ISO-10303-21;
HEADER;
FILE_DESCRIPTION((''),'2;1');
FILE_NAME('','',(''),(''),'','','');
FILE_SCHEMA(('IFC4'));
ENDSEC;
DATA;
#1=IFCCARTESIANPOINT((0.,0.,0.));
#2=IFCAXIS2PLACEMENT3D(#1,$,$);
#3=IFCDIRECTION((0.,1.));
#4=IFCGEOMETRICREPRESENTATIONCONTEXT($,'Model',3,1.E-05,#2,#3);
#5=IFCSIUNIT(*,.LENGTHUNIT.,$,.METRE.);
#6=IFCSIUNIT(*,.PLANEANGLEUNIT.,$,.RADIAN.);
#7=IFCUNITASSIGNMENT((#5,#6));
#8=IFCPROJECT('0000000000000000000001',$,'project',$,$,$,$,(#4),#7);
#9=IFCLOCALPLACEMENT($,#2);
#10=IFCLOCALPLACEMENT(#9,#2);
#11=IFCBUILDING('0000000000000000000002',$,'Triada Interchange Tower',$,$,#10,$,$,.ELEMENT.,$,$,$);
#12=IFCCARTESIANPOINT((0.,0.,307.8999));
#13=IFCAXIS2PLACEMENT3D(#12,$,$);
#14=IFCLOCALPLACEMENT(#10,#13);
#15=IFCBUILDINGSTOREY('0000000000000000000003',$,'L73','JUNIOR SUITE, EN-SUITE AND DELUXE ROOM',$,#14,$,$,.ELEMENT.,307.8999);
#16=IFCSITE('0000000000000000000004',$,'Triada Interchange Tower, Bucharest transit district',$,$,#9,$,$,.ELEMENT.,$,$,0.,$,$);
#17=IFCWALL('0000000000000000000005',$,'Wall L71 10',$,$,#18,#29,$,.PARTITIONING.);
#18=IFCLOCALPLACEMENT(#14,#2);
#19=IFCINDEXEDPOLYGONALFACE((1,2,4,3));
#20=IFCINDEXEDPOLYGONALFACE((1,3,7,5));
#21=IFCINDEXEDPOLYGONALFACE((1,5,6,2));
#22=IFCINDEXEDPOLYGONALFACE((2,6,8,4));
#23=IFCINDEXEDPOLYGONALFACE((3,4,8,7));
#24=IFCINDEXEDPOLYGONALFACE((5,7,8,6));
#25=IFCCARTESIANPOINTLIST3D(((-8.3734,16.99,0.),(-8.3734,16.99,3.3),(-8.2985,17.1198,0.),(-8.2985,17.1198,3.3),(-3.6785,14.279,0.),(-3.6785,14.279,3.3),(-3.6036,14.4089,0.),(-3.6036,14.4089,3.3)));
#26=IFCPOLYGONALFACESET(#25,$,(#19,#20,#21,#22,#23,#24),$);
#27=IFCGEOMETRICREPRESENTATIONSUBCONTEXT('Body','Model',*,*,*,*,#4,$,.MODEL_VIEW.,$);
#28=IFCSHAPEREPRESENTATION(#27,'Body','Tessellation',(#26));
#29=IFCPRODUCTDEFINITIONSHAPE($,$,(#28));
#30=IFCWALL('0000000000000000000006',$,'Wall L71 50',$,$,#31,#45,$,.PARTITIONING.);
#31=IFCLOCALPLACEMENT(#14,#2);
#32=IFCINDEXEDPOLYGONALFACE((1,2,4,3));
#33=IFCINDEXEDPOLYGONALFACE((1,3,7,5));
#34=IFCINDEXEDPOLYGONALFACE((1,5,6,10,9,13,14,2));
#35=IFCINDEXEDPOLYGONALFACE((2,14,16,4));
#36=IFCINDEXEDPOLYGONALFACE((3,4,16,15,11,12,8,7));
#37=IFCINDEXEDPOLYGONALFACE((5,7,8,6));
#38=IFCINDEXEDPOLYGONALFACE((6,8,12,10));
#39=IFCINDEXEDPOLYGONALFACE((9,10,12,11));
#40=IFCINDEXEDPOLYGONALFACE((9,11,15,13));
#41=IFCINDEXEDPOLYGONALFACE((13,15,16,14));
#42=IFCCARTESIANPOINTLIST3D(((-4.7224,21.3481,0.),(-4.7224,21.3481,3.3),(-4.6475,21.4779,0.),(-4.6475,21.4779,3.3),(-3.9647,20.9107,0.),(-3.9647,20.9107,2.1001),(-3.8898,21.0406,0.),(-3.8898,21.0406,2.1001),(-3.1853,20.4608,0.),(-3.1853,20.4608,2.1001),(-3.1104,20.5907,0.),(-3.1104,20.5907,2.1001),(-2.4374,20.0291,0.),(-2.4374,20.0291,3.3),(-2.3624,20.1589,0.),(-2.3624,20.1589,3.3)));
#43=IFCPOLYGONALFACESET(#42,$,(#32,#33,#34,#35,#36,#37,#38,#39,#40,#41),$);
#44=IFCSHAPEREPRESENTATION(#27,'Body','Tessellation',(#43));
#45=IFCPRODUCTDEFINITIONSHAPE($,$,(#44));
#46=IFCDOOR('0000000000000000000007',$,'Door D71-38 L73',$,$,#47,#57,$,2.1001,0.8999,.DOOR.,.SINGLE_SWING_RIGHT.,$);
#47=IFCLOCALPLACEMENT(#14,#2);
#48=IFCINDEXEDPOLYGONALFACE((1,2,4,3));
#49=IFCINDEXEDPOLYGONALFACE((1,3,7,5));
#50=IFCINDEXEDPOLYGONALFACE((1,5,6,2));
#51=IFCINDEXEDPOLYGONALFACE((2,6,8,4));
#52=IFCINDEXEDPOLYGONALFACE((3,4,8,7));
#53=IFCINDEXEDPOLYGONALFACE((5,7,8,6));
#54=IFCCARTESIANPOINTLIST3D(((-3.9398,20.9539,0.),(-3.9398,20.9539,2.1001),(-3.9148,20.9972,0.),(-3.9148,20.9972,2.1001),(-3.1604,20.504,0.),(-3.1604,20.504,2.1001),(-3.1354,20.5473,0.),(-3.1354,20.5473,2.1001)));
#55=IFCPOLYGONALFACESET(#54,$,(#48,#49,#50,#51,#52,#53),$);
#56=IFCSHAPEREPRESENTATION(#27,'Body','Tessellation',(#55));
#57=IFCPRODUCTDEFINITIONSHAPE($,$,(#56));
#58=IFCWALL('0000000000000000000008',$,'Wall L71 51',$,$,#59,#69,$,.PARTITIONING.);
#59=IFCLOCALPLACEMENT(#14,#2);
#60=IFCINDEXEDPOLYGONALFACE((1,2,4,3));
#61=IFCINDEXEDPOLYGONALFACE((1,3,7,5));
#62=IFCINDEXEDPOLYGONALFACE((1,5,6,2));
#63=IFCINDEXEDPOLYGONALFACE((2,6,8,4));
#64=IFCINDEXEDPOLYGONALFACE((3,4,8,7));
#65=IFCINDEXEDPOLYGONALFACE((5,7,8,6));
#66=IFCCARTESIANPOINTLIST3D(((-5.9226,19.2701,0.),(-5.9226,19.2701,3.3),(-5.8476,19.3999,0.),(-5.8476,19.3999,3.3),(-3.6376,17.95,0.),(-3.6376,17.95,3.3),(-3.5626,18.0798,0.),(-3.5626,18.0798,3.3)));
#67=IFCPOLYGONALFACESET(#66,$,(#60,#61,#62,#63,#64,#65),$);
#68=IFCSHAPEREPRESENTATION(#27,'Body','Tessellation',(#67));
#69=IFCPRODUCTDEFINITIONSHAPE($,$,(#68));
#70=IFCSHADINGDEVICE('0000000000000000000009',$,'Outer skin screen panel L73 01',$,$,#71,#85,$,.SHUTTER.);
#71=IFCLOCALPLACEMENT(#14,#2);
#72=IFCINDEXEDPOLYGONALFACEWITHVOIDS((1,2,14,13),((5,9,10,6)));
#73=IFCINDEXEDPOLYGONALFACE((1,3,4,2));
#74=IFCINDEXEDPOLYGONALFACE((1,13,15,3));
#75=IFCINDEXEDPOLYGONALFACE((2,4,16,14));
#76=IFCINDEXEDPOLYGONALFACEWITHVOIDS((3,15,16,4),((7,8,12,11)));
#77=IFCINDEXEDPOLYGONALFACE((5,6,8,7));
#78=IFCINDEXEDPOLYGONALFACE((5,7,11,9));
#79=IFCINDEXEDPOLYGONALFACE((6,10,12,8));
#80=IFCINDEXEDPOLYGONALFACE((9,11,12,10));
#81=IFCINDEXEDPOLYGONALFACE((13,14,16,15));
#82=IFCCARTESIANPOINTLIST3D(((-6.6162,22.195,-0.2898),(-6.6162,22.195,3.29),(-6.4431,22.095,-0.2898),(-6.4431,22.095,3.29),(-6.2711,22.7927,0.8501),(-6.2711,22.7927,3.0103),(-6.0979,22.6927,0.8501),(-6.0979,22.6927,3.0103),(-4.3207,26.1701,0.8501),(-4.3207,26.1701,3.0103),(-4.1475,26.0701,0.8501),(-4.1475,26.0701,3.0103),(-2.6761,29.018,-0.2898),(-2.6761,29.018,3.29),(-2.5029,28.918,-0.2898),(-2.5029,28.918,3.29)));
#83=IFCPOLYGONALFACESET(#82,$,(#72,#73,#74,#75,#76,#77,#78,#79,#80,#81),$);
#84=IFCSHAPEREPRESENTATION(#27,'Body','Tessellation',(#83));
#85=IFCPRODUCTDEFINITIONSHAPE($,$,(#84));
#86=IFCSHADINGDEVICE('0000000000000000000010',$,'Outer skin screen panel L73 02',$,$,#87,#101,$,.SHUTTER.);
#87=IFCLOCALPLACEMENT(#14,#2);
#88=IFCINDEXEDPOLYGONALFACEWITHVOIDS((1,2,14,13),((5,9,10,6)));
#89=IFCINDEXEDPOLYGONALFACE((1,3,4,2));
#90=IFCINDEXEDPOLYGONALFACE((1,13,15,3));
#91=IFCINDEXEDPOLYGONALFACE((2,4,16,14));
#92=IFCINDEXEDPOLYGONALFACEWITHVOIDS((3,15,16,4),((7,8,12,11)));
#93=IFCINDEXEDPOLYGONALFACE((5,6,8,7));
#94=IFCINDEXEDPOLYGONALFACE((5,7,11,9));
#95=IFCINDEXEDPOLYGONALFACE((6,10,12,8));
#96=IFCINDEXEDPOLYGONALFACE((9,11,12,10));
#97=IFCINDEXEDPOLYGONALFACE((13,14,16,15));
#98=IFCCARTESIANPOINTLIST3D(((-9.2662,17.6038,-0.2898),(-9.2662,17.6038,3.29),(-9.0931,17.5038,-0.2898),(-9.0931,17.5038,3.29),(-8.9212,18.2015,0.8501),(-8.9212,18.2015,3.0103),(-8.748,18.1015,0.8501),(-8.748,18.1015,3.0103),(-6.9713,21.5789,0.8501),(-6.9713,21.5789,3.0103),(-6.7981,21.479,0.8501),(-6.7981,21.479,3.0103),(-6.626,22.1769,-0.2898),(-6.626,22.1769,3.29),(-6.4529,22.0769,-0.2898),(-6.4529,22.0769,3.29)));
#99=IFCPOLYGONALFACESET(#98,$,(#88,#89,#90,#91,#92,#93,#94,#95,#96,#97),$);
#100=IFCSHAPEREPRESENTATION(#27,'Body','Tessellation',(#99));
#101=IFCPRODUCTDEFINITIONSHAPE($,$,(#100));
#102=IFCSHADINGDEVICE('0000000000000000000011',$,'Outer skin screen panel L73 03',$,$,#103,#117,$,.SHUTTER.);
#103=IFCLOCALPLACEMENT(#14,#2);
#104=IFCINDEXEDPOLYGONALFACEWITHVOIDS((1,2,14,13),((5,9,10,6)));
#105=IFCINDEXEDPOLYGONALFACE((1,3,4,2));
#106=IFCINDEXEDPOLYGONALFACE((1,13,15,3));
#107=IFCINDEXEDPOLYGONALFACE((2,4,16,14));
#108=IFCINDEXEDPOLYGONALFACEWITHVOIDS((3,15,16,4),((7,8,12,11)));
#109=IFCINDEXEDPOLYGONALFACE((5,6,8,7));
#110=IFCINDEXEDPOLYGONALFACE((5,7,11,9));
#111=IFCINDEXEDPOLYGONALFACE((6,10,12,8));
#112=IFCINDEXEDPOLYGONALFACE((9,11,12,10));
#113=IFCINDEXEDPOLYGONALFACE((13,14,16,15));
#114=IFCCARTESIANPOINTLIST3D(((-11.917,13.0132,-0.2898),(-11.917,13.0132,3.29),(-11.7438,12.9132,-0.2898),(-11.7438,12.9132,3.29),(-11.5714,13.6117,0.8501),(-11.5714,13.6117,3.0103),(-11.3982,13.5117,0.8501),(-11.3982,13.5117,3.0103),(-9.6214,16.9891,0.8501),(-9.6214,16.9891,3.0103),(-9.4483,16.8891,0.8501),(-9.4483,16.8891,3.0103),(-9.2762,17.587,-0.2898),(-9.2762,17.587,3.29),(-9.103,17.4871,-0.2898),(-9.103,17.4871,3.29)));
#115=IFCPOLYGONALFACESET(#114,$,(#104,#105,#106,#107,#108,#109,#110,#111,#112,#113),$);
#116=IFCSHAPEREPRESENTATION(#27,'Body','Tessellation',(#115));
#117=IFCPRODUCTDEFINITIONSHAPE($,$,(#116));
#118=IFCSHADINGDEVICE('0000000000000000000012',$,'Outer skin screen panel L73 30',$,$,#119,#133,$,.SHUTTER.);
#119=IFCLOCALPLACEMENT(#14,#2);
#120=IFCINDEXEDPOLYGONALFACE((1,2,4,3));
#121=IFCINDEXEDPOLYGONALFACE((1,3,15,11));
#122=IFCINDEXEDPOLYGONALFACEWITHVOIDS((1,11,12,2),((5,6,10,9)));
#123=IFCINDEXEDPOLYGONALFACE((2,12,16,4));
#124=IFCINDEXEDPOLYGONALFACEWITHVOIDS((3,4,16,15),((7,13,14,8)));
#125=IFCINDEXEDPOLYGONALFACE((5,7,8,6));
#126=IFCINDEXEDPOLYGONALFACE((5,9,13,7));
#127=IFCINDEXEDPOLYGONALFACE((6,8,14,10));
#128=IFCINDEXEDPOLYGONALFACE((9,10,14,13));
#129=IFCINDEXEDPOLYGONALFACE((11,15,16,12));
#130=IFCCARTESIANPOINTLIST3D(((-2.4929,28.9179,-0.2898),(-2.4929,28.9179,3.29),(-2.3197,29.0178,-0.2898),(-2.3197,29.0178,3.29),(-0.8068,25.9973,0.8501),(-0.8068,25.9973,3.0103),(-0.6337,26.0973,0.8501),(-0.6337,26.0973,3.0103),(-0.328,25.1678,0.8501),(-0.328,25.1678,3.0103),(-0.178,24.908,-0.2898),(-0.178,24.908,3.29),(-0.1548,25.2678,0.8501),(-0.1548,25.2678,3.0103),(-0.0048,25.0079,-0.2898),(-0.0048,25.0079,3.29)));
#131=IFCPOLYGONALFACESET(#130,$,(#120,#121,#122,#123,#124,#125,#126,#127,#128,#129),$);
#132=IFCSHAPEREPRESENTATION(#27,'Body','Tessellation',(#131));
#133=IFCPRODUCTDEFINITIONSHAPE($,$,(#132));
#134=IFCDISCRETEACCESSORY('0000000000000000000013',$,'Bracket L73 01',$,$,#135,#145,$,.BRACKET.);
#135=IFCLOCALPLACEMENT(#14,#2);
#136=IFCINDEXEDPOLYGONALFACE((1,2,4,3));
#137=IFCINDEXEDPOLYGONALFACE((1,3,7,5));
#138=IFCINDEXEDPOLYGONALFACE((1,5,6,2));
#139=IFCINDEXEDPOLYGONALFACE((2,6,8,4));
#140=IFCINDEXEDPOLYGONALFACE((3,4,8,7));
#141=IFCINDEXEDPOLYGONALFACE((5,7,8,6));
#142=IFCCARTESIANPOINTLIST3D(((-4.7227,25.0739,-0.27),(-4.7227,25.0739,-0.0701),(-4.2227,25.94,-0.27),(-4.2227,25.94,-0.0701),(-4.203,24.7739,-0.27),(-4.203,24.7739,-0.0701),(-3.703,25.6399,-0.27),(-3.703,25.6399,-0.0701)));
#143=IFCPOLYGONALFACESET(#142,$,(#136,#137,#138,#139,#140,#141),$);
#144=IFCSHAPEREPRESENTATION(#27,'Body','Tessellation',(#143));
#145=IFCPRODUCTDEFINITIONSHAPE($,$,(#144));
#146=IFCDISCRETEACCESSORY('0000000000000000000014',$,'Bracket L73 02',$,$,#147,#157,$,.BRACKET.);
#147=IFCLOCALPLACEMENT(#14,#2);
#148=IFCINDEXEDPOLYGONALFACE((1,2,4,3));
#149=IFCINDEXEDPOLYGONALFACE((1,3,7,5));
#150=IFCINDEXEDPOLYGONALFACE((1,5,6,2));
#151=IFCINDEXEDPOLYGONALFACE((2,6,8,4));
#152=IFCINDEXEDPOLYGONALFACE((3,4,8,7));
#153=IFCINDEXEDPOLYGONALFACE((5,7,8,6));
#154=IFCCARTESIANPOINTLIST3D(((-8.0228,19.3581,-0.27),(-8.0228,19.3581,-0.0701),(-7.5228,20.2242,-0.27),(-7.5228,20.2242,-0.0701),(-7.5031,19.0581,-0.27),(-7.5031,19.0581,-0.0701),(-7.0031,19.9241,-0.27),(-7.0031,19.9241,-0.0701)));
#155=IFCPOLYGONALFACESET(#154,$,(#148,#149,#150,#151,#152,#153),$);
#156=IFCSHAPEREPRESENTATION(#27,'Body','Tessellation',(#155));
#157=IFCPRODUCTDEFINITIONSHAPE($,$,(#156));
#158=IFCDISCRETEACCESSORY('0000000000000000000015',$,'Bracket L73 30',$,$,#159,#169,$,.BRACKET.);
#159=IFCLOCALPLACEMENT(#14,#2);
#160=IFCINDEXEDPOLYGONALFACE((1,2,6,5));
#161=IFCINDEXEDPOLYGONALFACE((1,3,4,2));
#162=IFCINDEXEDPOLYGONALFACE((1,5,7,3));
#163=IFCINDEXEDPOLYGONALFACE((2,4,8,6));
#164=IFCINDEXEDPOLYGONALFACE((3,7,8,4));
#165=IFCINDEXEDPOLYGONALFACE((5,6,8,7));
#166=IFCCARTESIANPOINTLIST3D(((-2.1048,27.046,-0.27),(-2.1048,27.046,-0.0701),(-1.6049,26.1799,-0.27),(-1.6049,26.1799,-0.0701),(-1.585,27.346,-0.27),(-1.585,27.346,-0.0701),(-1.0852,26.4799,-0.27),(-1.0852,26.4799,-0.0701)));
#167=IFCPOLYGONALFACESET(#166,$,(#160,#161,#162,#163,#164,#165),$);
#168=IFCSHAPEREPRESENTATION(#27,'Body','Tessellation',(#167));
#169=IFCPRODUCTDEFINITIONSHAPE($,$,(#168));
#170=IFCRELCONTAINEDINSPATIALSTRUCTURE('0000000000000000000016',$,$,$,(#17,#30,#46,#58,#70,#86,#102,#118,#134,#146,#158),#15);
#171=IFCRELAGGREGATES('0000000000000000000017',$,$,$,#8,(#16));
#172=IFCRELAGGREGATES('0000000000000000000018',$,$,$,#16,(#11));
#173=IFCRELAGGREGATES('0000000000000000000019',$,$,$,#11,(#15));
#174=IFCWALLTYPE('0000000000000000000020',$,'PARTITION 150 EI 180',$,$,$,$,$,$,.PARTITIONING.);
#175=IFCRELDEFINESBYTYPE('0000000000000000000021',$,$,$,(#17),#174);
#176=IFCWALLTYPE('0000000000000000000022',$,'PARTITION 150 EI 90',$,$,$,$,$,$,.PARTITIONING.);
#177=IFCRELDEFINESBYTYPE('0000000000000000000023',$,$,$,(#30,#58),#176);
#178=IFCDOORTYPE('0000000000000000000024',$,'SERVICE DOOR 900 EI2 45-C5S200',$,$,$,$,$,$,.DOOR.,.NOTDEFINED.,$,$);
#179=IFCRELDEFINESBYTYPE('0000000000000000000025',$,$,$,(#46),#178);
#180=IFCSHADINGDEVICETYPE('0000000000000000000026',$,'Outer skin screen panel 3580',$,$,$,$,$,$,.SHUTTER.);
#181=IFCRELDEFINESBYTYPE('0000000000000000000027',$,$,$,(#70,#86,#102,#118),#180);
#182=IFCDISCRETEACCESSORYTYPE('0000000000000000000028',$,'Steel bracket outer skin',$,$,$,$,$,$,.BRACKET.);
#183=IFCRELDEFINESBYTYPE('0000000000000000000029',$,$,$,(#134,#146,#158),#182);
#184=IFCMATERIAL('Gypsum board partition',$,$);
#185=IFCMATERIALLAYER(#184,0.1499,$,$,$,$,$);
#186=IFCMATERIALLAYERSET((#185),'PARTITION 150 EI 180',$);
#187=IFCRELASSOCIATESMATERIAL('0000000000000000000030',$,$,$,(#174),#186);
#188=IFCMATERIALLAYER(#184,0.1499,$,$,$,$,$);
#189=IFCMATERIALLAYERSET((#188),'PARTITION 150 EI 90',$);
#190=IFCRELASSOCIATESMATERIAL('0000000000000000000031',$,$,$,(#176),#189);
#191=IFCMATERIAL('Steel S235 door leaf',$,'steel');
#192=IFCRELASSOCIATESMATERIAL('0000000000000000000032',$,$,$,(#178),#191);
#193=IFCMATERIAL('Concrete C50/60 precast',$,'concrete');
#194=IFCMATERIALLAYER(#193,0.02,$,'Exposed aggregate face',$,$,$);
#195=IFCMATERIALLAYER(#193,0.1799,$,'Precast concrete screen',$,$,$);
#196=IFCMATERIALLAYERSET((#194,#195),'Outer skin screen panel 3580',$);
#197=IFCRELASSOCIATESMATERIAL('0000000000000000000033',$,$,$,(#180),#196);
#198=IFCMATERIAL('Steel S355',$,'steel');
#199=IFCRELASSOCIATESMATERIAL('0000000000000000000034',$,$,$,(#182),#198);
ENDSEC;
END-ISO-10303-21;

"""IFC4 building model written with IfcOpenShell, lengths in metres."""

from ifc_helpers import new_model, si_unit, direction, frame, frame_2d, origin, origin_2d, place, context, subcontext, project, spatial, polyline, rectangle, outline, extrude, material, layer, layer_set, type_object, element, fill, save


model = new_model("IFC4")

# Units and contexts
model_context = context("Model", 3, precision=1e-05, world=origin(), true_north=direction((0.0, 1.0)))
body_context = subcontext(model_context, "Body", "Model", "MODEL_VIEW")
ifc_project = project(units=[si_unit("LENGTHUNIT", "METRE"), si_unit("PLANEANGLEUNIT", "RADIAN")], contexts=[model_context])

# Site, building, storey
site_placement = place(None, origin())
site = spatial("IfcSite", under=ifc_project, at=site_placement, Name="Triada Interchange Tower, Bucharest transit district", CompositionType="ELEMENT", RefElevation=0.0)
building_placement = place(site_placement, origin())
building = spatial("IfcBuilding", under=site, at=building_placement, Name="Triada Interchange Tower", CompositionType="ELEMENT")
storey_placement = place(building_placement, frame((0.0, 0.0, 307.8999)))
storey = spatial("IfcBuildingStorey", under=building, at=storey_placement, Name="L73", Description="JUNIOR SUITE, EN-SUITE AND DELUXE ROOM", CompositionType="ELEMENT", Elevation=307.8999)

# Wall
ifc_material_1 = material(Name="Gypsum board partition")
ifc_layer_1 = layer(ifc_material_1, 0.1499)
ifc_layer_set_1 = layer_set([ifc_layer_1], Name="PARTITION 150 EI 180")
wall_type_1 = type_object("IfcWallType", Name="PARTITION 150 EI 180", PredefinedType="PARTITIONING", material=ifc_layer_set_1)
wall_1_placement = place(storey_placement, frame((-8.3359, 17.0549, 0.0), z_axis=(0.0, 0.0, 1.0), x_axis=(0.865995, -0.500052, 0.0)))
element("IfcWall", 1, at=wall_1_placement, inside=storey, type_object=wall_type_1, Name="Wall L71 10", PredefinedType="PARTITIONING", context=body_context, shape_type="SweptSolid", body=[
    extrude(rectangle(XDim=5.4214, YDim=0.1499, at=frame_2d((2.7107, 0.0))), origin(), (0.0, 0.0, 1.0), 3.3),
])

# Wall, opening, door
ifc_layer_2 = layer(ifc_material_1, 0.1499)
ifc_layer_set_2 = layer_set([ifc_layer_2], Name="PARTITION 150 EI 90")
wall_type_2 = type_object("IfcWallType", Name="PARTITION 150 EI 90", PredefinedType="PARTITIONING", material=ifc_layer_set_2)
wall_2_placement = place(storey_placement, frame((-4.6851, 21.4131, 0.0), z_axis=(0.0, 0.0, 1.0), x_axis=(0.866065, -0.499931, 0.0)))
wall_2 = element("IfcWall", 2, at=wall_2_placement, inside=storey, type_object=wall_type_2, Name="Wall L71 50", PredefinedType="PARTITIONING", context=body_context, shape_type="SweptSolid", body=[
    extrude(rectangle(XDim=2.6384, YDim=0.1499, at=frame_2d((1.3193, 0.0))), origin(), (0.0, 0.0, 1.0), 3.3),
])
opening_1_placement = place(wall_2_placement, frame((0.875, 0.0, 0.0)))
opening_1 = element("IfcOpeningElement", 3, at=opening_1_placement, cuts=wall_2, PredefinedType="OPENING", context=body_context, shape_type="SweptSolid", body=[
    extrude(rectangle(XDim=0.8999, YDim=2.1001, at=frame_2d((0.45, 1.05))), frame((0.0, 0.085, 0.0), z_axis=(0.0, -1.0, 0.0), x_axis=(1.0, 0.0, 0.0)), (0.0, 0.0, 1.0), 0.1699),
])
ifc_material_2 = material(Name="Steel S235 door leaf", Category="steel")
door_type = type_object("IfcDoorType", Name="SERVICE DOOR 900 EI2 45-C5S200", OperationType="NOTDEFINED", PredefinedType="DOOR", material=ifc_material_2)
door_placement = place(opening_1_placement, origin())
door = element("IfcDoor", 4, at=door_placement, inside=storey, type_object=door_type, Name="Door D71-38 L73", OperationType="SINGLE_SWING_RIGHT", OverallHeight=2.1001, OverallWidth=0.8999, PredefinedType="DOOR", context=body_context, shape_type="SweptSolid", body=[
    extrude(rectangle(XDim=0.8999, YDim=2.1001, at=frame_2d((0.45, 1.05))), frame((0.0, 0.0249, 0.0), z_axis=(0.0, -1.0, 0.0), x_axis=(1.0, 0.0, 0.0)), (0.0, 0.0, 1.0), 0.05),
])
fill(opening_1, door)

# Wall
wall_3_placement = place(storey_placement, frame((-5.885, 19.335, 0.0), z_axis=(0.0, 0.0, 1.0), x_axis=(0.865882, -0.500248, 0.0)))
element("IfcWall", 5, at=wall_3_placement, inside=storey, type_object=wall_type_2, Name="Wall L71 51", PredefinedType="PARTITIONING", context=body_context, shape_type="SweptSolid", body=[
    extrude(rectangle(XDim=2.6389, YDim=0.1499, at=frame_2d((1.3193, 0.0))), origin(), (0.0, 0.0, 1.0), 3.3),
])

# Shading devices
ifc_material_3 = material(Name="Concrete C50/60 precast", Category="concrete")
ifc_layer_3 = layer(ifc_material_3, 0.02, Name="Exposed aggregate face")
ifc_layer_4 = layer(ifc_material_3, 0.1799, Name="Precast concrete screen")
ifc_layer_set_3 = layer_set([ifc_layer_3, ifc_layer_4], Name="Outer skin screen panel 3580")
shading_device_type = type_object("IfcShadingDeviceType", Name="Outer skin screen panel 3580", PredefinedType="SHUTTER", material=ifc_layer_set_3)
shading_device_1_placement = place(storey_placement, frame((-2.5029, 28.918, -0.2898), z_axis=(0.0, 0.0, 1.0), x_axis=(-0.500088, -0.865975, 0.0)))
element("IfcShadingDevice", 6, at=shading_device_1_placement, inside=storey, type_object=shading_device_type, Name="Outer skin screen panel L73 01", PredefinedType="SHUTTER", context=body_context, shape_type="SweptSolid", body=[
    extrude(outline(polyline([(0.0, 0.0), (7.8789, 0.0), (7.8789, 3.5798), (0.0, 3.5798), (0.0, 0.0)]), holes=[polyline([(3.2886, 1.1399), (3.2886, 3.3), (7.1887, 3.3), (7.1887, 1.1399), (3.2886, 1.1399)])]), frame((0.0, 0.0, 0.0), z_axis=(0.0, -1.0, 0.0), x_axis=(1.0, 0.0, 0.0)), (0.0, 0.0, 1.0), 0.2),
])
shading_device_2_placement = place(storey_placement, frame((-6.4529, 22.0769, -0.2898), z_axis=(0.0, 0.0, 1.0), x_axis=(-0.499988, -0.866032, 0.0)))
element("IfcShadingDevice", 7, at=shading_device_2_placement, inside=storey, type_object=shading_device_type, Name="Outer skin screen panel L73 02", PredefinedType="SHUTTER", context=body_context, shape_type="SweptSolid", body=[
    extrude(outline(polyline([(0.0, 0.0), (5.2805, 0.0), (5.2805, 3.5798), (0.0, 3.5798), (0.0, 0.0)]), holes=[polyline([(0.6904, 1.1399), (0.6904, 3.3), (4.5903, 3.3), (4.5903, 1.1399), (0.6904, 1.1399)])]), frame((0.0, 0.0, 0.0), z_axis=(0.0, -1.0, 0.0), x_axis=(1.0, 0.0, 0.0)), (0.0, 0.0, 1.0), 0.2),
])
shading_device_3_placement = place(storey_placement, frame((-9.103, 17.4871, -0.2898), z_axis=(0.0, 0.0, 1.0), x_axis=(-0.500012, -0.866019, 0.0)))
element("IfcShadingDevice", 8, at=shading_device_3_placement, inside=storey, type_object=shading_device_type, Name="Outer skin screen panel L73 03", PredefinedType="SHUTTER", context=body_context, shape_type="SweptSolid", body=[
    extrude(outline(polyline([(0.0, 0.0), (5.2815, 0.0), (5.2815, 3.5798), (0.0, 3.5798), (0.0, 0.0)]), holes=[polyline([(0.6904, 1.1399), (0.6904, 3.3), (4.5903, 3.3), (4.5903, 1.1399), (0.6904, 1.1399)])]), frame((0.0, 0.0, 0.0), z_axis=(0.0, -1.0, 0.0), x_axis=(1.0, 0.0, 0.0)), (0.0, 0.0, 1.0), 0.2),
])
shading_device_4_placement = place(storey_placement, frame((-0.178, 24.908, -0.2898), z_axis=(0.0, 0.0, 1.0), x_axis=(-0.499961, 0.866048, 0.0)))
element("IfcShadingDevice", 9, at=shading_device_4_placement, inside=storey, type_object=shading_device_type, Name="Outer skin screen panel L73 30", PredefinedType="SHUTTER", context=body_context, shape_type="SweptSolid", body=[
    extrude(outline(polyline([(0.0, 0.0), (4.6301, 0.0), (4.6301, 3.5798), (0.0, 3.5798), (0.0, 0.0)]), holes=[polyline([(0.3, 1.1399), (0.3, 3.3), (1.2578, 3.3), (1.2578, 1.1399), (0.3, 1.1399)])]), frame((0.0, 0.0, 0.0), z_axis=(0.0, -1.0, 0.0), x_axis=(1.0, 0.0, 0.0)), (0.0, 0.0, 1.0), 0.2),
])

# Discrete accessories
ifc_material_4 = material(Name="Steel S355", Category="steel")
discrete_accessory_type = type_object("IfcDiscreteAccessoryType", Name="Steel bracket outer skin", PredefinedType="BRACKET", material=ifc_material_4)
for number, where, z_axis, x_axis, name in (
    (10, (-4.2129, 25.3569, -0.27), (0.0, 0.0, 1.0), (-0.866027, 0.499997, 0.0), "Bracket L73 01"),
    (11, (-7.5129, 19.6411, -0.27), (0.0, 0.0, 1.0), (-0.866027, 0.499997, 0.0), "Bracket L73 02"),
    (12, (-1.595, 26.7629, -0.27), (0.0, 0.0, 1.0), (0.866092, 0.499884, 0.0), "Bracket L73 30"),
):
    element("IfcDiscreteAccessory", number, at=place(storey_placement, frame(where, z_axis=z_axis, x_axis=x_axis)), inside=storey, type_object=discrete_accessory_type, Name=name, PredefinedType="BRACKET", context=body_context, shape_type="SweptSolid", body=[
        extrude(rectangle(XDim=0.6001, YDim=1.0, at=origin_2d()), origin(), (0.0, 0.0, 1.0), 0.2),
    ])

save(model, "model.ifc")
